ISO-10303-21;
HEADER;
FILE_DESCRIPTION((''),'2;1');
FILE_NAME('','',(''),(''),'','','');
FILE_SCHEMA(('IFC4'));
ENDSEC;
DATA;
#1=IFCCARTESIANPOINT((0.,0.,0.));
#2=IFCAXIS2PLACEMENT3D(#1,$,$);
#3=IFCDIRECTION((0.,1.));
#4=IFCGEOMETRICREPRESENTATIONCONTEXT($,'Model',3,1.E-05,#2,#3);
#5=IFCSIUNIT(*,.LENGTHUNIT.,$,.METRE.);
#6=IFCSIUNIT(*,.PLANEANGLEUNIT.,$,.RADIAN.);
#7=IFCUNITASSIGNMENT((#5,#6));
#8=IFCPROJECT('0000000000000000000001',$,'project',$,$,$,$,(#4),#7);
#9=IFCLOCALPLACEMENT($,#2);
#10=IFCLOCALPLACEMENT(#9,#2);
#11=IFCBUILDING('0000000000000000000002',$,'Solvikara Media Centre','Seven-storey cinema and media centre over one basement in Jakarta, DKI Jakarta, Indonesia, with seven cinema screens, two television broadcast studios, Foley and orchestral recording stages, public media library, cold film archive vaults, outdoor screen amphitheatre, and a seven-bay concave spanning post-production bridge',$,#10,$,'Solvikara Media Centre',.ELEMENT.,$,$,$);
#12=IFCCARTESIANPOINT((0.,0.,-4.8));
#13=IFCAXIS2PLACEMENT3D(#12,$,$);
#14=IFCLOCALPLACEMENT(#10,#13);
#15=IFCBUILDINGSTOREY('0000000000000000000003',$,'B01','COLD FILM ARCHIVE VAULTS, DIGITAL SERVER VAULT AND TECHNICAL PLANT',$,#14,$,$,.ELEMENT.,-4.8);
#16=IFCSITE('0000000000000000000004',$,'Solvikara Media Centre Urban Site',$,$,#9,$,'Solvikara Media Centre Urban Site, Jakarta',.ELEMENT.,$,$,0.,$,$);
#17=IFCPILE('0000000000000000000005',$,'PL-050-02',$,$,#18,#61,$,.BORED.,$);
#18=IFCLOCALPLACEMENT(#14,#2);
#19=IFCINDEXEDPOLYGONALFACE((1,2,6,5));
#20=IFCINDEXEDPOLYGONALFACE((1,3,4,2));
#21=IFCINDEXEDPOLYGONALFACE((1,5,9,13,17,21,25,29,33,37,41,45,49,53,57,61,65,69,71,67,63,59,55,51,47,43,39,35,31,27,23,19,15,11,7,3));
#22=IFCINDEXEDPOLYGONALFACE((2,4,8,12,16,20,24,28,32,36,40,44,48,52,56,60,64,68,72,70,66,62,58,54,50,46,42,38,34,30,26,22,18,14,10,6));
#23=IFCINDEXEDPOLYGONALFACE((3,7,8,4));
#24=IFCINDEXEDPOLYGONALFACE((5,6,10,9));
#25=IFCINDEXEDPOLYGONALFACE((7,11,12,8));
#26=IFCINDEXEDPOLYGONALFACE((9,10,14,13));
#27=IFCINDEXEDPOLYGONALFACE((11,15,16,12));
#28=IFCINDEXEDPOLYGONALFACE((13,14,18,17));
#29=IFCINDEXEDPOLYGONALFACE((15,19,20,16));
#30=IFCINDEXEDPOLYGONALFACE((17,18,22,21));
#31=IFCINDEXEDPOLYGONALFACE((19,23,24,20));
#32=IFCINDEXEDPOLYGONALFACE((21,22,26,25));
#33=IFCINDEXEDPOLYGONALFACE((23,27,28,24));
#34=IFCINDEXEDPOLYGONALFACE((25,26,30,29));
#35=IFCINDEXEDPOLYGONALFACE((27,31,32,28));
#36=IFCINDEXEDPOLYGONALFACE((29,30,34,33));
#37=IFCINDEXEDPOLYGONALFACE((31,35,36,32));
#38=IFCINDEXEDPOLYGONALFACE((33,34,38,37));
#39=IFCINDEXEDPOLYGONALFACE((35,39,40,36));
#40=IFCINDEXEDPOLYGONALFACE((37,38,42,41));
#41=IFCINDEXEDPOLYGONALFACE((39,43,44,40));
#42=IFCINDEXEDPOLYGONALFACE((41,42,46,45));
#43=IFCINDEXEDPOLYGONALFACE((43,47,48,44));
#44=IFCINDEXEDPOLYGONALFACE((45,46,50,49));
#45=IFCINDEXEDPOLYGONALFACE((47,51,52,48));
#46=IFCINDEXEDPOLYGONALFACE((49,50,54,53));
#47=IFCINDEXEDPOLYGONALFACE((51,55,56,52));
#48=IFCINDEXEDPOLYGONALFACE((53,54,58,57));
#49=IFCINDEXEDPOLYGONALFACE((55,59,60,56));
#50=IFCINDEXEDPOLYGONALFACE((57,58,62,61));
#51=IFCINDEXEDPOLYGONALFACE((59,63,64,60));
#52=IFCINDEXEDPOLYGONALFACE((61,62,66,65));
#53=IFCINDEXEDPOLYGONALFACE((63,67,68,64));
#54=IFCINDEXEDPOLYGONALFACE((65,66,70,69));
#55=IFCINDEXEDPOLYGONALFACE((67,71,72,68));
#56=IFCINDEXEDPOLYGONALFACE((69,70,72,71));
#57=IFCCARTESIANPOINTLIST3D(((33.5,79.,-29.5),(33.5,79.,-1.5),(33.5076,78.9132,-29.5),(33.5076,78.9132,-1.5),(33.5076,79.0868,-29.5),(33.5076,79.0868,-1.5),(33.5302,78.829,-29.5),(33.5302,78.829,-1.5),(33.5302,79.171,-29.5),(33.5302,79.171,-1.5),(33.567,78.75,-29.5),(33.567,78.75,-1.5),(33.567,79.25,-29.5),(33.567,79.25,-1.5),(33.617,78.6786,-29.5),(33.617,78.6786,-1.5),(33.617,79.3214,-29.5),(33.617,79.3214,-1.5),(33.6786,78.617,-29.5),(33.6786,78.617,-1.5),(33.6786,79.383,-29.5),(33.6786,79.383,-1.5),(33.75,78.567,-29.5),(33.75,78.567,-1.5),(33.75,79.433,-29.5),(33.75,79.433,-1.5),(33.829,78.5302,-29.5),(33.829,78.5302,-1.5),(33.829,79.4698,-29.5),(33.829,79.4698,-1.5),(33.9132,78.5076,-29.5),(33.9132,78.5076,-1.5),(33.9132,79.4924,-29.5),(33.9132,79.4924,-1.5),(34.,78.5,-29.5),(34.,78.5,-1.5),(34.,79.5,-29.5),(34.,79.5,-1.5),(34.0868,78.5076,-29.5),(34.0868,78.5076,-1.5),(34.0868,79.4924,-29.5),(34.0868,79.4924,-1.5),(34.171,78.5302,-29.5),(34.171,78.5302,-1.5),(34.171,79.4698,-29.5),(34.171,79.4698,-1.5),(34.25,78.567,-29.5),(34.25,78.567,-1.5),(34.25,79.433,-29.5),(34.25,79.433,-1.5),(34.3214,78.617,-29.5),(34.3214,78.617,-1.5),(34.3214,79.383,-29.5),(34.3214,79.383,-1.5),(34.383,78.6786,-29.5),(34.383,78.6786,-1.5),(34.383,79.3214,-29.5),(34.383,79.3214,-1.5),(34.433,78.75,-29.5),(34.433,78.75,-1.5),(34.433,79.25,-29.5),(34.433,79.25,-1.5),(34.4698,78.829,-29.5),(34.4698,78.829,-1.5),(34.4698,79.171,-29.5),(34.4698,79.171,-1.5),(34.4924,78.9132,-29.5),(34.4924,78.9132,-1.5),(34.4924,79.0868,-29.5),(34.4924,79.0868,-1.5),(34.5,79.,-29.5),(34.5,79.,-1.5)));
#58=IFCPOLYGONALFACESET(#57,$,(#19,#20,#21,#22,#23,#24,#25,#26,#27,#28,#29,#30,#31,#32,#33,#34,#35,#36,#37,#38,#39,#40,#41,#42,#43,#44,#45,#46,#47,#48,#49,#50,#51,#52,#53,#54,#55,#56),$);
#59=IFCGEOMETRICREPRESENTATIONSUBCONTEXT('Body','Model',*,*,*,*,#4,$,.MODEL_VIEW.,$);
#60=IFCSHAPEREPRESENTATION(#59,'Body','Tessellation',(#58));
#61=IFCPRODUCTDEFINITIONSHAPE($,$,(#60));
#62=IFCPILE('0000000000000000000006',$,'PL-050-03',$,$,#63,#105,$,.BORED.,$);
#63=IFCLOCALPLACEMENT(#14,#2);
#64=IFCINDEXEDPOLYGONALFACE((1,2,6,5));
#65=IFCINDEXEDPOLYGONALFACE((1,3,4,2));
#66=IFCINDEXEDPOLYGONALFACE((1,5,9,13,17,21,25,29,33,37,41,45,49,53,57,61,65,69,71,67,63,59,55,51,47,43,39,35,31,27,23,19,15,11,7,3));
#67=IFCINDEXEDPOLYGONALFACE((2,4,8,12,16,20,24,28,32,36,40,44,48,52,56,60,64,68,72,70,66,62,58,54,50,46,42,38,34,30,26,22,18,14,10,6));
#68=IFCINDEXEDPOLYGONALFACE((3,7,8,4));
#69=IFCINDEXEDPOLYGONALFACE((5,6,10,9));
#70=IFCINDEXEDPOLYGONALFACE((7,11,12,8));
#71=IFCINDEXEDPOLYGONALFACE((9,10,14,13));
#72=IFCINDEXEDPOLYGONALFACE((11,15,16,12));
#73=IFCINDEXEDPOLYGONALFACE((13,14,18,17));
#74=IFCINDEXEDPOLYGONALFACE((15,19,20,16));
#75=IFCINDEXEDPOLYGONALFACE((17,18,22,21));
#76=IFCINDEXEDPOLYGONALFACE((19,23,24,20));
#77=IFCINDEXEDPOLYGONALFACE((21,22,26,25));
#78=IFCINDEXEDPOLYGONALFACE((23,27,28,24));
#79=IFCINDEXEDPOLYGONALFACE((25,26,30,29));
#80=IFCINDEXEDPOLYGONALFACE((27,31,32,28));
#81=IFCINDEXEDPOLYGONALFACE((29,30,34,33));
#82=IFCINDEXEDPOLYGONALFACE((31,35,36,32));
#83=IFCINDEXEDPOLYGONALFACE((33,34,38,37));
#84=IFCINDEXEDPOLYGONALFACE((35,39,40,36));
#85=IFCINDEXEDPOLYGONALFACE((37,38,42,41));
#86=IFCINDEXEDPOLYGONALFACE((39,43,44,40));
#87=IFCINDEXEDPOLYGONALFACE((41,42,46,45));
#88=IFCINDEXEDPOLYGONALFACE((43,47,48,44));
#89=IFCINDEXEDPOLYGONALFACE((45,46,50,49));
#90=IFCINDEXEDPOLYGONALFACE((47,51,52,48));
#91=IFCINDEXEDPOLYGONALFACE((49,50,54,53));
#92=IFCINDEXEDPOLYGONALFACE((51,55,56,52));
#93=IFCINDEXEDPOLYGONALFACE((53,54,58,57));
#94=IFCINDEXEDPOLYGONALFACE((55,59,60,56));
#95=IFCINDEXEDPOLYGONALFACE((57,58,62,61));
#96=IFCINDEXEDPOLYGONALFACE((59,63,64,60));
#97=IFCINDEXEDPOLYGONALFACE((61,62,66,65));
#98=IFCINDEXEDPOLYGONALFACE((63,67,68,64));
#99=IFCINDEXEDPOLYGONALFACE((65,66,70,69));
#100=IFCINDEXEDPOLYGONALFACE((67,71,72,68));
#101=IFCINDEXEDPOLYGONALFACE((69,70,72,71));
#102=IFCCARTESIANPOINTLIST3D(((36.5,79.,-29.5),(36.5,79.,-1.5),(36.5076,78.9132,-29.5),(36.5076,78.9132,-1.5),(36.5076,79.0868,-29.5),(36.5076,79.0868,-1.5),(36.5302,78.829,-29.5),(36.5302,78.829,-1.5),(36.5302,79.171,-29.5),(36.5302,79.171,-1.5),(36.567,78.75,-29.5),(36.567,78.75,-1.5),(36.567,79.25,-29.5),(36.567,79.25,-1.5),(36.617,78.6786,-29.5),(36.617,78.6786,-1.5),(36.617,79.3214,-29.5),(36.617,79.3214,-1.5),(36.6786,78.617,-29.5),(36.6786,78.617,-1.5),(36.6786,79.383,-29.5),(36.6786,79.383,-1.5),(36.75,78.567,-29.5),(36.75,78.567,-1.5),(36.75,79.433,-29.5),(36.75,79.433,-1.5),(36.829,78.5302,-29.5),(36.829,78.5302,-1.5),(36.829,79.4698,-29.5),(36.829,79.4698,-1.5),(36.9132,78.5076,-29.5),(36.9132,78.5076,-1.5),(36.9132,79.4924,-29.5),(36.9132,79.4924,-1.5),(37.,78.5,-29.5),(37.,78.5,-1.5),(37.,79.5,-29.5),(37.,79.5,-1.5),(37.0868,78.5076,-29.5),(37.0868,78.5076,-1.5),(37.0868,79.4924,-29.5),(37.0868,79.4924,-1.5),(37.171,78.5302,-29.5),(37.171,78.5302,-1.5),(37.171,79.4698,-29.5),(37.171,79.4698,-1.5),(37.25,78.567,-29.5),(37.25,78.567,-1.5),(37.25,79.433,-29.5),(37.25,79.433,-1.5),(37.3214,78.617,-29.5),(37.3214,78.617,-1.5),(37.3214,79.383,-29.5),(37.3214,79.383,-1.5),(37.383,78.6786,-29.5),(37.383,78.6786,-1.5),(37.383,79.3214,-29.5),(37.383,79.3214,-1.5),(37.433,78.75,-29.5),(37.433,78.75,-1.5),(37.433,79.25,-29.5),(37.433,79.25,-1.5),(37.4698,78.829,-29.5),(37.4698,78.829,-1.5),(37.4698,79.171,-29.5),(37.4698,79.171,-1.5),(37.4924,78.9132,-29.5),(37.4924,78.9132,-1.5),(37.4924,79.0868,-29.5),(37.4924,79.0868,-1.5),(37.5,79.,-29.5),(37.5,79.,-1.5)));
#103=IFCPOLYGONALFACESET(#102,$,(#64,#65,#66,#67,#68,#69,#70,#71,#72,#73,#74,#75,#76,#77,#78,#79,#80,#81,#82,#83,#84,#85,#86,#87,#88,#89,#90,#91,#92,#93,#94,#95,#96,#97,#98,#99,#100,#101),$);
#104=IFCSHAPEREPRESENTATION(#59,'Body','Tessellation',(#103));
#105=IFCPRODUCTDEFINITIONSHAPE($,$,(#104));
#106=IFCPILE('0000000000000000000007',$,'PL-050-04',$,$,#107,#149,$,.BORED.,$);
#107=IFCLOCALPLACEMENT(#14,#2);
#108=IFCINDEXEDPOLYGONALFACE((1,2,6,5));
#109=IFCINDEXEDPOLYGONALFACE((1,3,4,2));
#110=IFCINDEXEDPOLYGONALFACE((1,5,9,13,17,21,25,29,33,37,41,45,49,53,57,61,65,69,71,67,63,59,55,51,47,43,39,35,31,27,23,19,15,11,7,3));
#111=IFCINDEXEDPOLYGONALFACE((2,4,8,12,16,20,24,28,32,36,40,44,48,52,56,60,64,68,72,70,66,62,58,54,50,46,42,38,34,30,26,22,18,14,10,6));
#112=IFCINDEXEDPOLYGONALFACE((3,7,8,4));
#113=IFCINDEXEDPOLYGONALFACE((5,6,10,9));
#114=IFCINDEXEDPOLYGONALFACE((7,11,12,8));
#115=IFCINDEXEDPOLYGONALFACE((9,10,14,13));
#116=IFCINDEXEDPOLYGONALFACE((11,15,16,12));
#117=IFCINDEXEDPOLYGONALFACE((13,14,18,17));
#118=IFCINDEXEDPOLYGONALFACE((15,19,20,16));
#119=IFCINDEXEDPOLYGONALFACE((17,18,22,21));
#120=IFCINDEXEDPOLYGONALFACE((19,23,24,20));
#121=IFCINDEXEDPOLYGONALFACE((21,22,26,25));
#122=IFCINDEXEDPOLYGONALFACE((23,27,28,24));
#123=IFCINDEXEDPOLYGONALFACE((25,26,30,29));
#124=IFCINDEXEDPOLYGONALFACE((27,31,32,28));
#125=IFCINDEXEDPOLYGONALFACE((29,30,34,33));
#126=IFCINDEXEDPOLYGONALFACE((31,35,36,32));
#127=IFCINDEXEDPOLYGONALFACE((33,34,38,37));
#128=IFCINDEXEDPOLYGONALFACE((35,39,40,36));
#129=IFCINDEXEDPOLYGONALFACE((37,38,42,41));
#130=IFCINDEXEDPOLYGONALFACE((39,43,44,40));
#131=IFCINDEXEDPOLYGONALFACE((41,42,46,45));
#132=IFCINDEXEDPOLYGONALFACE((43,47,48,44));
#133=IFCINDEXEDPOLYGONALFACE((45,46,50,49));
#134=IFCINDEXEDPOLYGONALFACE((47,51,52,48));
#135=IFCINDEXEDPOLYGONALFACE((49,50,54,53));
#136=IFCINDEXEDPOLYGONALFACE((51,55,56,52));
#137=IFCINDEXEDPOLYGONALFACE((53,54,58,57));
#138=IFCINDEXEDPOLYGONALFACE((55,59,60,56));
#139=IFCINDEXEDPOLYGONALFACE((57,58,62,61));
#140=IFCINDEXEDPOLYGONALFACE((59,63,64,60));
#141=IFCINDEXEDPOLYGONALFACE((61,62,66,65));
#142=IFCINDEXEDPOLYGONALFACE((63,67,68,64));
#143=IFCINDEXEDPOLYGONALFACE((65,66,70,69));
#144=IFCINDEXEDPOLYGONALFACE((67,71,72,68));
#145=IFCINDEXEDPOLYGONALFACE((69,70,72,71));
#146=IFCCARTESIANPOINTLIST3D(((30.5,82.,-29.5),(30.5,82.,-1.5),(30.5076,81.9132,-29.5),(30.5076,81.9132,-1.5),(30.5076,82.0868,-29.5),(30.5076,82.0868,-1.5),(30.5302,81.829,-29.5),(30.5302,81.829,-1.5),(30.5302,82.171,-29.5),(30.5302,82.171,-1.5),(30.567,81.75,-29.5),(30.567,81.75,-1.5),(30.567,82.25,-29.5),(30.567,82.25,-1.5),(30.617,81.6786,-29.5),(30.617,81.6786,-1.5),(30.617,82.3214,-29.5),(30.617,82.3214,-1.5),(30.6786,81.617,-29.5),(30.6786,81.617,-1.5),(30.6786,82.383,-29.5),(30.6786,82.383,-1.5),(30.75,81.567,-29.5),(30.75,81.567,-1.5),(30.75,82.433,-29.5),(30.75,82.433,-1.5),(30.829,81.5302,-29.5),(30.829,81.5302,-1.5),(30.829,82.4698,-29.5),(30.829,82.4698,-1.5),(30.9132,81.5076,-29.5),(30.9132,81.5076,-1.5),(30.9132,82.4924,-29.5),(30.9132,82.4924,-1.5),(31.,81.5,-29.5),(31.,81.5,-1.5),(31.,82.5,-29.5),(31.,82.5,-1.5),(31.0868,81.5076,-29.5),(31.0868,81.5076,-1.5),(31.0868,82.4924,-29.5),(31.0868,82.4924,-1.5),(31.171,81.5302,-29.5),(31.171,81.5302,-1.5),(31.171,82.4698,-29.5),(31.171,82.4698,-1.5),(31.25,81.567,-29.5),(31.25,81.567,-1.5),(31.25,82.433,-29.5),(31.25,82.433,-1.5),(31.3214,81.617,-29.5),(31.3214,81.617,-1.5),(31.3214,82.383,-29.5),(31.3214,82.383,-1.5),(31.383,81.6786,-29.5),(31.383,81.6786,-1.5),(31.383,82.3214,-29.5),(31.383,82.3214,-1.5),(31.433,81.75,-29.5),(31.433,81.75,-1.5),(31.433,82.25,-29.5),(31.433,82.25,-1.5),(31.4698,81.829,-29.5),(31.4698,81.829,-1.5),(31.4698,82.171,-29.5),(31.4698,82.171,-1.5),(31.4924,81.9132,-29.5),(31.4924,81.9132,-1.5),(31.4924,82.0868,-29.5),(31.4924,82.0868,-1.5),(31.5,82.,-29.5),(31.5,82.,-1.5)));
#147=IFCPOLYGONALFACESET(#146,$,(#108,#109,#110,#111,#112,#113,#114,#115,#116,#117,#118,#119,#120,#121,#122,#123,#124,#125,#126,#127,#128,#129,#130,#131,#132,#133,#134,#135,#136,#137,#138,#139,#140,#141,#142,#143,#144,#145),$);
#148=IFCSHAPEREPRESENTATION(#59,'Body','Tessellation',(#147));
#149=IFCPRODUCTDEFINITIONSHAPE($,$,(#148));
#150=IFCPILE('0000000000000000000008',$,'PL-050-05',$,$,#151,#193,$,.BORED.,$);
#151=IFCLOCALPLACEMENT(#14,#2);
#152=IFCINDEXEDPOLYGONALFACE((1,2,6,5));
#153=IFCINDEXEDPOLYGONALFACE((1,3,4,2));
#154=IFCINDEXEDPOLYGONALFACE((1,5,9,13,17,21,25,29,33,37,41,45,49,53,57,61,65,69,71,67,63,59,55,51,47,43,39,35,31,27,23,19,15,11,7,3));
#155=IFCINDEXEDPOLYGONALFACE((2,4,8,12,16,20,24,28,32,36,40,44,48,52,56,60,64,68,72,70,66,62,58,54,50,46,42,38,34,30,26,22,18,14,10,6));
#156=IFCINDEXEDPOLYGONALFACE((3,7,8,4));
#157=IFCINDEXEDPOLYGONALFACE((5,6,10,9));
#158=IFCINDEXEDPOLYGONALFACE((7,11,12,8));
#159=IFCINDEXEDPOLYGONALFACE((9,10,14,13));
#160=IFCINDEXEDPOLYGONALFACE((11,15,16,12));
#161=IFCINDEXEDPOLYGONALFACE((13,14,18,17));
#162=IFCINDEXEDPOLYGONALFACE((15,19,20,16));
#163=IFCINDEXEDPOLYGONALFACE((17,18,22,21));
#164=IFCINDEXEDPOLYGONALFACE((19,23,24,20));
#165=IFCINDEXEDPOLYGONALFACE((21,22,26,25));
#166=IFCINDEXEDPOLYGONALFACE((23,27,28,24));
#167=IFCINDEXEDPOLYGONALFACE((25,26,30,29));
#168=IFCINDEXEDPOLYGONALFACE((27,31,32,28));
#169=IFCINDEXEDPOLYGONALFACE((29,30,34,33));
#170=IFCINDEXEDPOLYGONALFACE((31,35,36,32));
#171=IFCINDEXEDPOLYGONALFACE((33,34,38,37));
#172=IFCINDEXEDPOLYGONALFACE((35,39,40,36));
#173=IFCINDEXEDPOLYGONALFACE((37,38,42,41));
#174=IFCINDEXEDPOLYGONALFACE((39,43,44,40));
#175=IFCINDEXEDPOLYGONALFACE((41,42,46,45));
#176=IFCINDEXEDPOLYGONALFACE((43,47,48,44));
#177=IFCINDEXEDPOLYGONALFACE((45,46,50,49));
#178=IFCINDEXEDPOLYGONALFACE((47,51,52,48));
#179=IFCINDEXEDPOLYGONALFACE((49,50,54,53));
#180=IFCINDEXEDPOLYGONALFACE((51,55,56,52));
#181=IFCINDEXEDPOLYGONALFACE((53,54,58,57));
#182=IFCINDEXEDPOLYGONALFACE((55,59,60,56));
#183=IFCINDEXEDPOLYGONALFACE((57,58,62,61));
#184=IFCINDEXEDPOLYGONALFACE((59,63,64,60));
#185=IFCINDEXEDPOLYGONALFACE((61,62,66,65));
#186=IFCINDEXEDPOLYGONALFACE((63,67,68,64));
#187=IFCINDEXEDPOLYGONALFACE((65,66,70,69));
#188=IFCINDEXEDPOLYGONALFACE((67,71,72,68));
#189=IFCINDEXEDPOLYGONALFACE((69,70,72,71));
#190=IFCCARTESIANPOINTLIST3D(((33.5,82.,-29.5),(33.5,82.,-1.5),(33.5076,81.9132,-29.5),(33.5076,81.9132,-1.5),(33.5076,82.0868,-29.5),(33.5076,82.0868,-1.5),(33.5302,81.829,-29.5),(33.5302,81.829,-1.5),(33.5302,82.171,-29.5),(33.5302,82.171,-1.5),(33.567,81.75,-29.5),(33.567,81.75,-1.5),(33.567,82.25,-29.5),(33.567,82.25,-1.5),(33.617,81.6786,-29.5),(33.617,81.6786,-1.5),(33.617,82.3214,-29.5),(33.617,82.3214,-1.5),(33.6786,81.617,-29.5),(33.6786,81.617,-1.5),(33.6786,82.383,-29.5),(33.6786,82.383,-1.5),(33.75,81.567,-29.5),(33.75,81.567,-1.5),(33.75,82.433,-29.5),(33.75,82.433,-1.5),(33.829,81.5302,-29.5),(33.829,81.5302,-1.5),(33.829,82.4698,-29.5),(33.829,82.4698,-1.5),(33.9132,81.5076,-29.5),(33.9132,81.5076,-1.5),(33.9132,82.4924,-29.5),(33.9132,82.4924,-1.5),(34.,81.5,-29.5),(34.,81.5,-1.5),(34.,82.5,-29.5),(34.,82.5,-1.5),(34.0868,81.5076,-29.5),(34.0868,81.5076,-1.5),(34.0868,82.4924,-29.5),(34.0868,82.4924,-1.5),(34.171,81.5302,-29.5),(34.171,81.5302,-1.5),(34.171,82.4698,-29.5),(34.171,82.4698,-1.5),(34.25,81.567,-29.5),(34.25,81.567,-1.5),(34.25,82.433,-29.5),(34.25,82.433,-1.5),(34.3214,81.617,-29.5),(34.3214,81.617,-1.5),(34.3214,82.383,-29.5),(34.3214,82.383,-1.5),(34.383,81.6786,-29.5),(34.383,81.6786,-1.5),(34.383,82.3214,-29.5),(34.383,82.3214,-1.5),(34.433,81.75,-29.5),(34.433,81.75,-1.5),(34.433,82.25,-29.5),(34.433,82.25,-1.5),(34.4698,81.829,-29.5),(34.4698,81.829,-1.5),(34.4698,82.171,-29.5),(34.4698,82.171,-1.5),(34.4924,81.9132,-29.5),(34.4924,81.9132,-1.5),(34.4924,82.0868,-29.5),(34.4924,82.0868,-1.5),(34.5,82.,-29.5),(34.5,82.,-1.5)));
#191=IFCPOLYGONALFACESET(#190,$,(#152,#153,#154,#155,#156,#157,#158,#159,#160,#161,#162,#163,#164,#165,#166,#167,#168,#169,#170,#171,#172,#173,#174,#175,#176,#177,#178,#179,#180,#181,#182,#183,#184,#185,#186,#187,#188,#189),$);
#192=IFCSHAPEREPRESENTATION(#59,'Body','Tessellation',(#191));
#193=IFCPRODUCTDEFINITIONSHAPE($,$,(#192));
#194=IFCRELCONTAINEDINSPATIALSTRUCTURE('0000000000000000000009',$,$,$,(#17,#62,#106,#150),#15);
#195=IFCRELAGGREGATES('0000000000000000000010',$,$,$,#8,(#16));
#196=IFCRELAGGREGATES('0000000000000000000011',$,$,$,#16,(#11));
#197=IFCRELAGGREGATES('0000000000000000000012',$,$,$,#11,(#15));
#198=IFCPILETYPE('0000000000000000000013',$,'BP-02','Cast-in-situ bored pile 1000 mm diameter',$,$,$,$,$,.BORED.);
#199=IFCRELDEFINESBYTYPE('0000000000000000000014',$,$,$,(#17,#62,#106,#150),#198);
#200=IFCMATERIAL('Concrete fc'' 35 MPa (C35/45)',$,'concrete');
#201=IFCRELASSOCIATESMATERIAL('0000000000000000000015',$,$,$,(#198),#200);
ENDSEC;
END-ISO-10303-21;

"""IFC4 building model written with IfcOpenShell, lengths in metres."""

from ifc_helpers import new_model, si_unit, direction, frame, origin, origin_2d, place, context, subcontext, project, spatial, circle, extrude, material, material_profile, profile_set, type_object, element, save


model = new_model("IFC4")

# Units and contexts
model_context = context("Model", 3, precision=1e-05, world=origin(), true_north=direction((0.0, 1.0)))
body_context = subcontext(model_context, "Body", "Model", "MODEL_VIEW")
ifc_project = project(units=[si_unit("LENGTHUNIT", "METRE"), si_unit("PLANEANGLEUNIT", "RADIAN")], contexts=[model_context])

# Site, building, storey
site_placement = place(None, origin())
site = spatial("IfcSite", under=ifc_project, at=site_placement, Name="Solvikara Media Centre Urban Site", LongName="Solvikara Media Centre Urban Site, Jakarta", CompositionType="ELEMENT", RefElevation=0.0)
building_placement = place(site_placement, origin())
building = spatial("IfcBuilding", under=site, at=building_placement, Name="Solvikara Media Centre", Description="Seven-storey cinema and media centre over one basement in Jakarta, DKI Jakarta, Indonesia, with seven cinema screens, two television broadcast studios, Foley and orchestral recording stages, public media library, cold film archive vaults, outdoor screen amphitheatre, and a seven-bay concave spanning post-production bridge", LongName="Solvikara Media Centre", CompositionType="ELEMENT")
storey_placement = place(building_placement, frame((0.0, 0.0, -4.8)))
storey = spatial("IfcBuildingStorey", under=building, at=storey_placement, Name="B01", Description="COLD FILM ARCHIVE VAULTS, DIGITAL SERVER VAULT AND TECHNICAL PLANT", CompositionType="ELEMENT", Elevation=-4.8)

# Piles
ifc_material_1 = material(Name="Concrete fc' 35 MPa (C35/45)", Category="concrete")
ifc_material_profile_1 = material_profile(ifc_material_1, circle(Radius=0.5, at=origin_2d()), Name="BORED PILE D1000")
ifc_profile_set_1 = profile_set([ifc_material_profile_1], Name="Concrete fc' 35 MPa (C35/45)")
pile_type_1 = type_object("IfcPileType", Name="BP-02", Description="Cast-in-situ bored pile 1000 mm diameter", PredefinedType="BORED", material=ifc_profile_set_1)
for number, where, z_axis, x_axis, name in (
    (1, (34.0, 79.0, -1.5), (0.0, 0.0, -1.0), (1.0, 0.0, 0.0), "PL-050-02"),
    (2, (37.0, 79.0, -1.5), (0.0, 0.0, -1.0), (1.0, 0.0, 0.0), "PL-050-03"),
    (3, (31.0, 82.0, -1.5), (0.0, 0.0, -1.0), (1.0, 0.0, 0.0), "PL-050-04"),
    (4, (34.0, 82.0, -1.5), (0.0, 0.0, -1.0), (1.0, 0.0, 0.0), "PL-050-05"),
):
    element("IfcPile", number, at=place(storey_placement, frame(where, z_axis=z_axis, x_axis=x_axis)), inside=storey, type_object=pile_type_1, Name=name, PredefinedType="BORED", context=body_context, shape_type="SweptSolid", body=[
        extrude(circle(Radius=0.5, at=origin_2d()), origin(), (0.0, 0.0, 1.0), 28.0),
    ])

save(model, "model.ifc")
